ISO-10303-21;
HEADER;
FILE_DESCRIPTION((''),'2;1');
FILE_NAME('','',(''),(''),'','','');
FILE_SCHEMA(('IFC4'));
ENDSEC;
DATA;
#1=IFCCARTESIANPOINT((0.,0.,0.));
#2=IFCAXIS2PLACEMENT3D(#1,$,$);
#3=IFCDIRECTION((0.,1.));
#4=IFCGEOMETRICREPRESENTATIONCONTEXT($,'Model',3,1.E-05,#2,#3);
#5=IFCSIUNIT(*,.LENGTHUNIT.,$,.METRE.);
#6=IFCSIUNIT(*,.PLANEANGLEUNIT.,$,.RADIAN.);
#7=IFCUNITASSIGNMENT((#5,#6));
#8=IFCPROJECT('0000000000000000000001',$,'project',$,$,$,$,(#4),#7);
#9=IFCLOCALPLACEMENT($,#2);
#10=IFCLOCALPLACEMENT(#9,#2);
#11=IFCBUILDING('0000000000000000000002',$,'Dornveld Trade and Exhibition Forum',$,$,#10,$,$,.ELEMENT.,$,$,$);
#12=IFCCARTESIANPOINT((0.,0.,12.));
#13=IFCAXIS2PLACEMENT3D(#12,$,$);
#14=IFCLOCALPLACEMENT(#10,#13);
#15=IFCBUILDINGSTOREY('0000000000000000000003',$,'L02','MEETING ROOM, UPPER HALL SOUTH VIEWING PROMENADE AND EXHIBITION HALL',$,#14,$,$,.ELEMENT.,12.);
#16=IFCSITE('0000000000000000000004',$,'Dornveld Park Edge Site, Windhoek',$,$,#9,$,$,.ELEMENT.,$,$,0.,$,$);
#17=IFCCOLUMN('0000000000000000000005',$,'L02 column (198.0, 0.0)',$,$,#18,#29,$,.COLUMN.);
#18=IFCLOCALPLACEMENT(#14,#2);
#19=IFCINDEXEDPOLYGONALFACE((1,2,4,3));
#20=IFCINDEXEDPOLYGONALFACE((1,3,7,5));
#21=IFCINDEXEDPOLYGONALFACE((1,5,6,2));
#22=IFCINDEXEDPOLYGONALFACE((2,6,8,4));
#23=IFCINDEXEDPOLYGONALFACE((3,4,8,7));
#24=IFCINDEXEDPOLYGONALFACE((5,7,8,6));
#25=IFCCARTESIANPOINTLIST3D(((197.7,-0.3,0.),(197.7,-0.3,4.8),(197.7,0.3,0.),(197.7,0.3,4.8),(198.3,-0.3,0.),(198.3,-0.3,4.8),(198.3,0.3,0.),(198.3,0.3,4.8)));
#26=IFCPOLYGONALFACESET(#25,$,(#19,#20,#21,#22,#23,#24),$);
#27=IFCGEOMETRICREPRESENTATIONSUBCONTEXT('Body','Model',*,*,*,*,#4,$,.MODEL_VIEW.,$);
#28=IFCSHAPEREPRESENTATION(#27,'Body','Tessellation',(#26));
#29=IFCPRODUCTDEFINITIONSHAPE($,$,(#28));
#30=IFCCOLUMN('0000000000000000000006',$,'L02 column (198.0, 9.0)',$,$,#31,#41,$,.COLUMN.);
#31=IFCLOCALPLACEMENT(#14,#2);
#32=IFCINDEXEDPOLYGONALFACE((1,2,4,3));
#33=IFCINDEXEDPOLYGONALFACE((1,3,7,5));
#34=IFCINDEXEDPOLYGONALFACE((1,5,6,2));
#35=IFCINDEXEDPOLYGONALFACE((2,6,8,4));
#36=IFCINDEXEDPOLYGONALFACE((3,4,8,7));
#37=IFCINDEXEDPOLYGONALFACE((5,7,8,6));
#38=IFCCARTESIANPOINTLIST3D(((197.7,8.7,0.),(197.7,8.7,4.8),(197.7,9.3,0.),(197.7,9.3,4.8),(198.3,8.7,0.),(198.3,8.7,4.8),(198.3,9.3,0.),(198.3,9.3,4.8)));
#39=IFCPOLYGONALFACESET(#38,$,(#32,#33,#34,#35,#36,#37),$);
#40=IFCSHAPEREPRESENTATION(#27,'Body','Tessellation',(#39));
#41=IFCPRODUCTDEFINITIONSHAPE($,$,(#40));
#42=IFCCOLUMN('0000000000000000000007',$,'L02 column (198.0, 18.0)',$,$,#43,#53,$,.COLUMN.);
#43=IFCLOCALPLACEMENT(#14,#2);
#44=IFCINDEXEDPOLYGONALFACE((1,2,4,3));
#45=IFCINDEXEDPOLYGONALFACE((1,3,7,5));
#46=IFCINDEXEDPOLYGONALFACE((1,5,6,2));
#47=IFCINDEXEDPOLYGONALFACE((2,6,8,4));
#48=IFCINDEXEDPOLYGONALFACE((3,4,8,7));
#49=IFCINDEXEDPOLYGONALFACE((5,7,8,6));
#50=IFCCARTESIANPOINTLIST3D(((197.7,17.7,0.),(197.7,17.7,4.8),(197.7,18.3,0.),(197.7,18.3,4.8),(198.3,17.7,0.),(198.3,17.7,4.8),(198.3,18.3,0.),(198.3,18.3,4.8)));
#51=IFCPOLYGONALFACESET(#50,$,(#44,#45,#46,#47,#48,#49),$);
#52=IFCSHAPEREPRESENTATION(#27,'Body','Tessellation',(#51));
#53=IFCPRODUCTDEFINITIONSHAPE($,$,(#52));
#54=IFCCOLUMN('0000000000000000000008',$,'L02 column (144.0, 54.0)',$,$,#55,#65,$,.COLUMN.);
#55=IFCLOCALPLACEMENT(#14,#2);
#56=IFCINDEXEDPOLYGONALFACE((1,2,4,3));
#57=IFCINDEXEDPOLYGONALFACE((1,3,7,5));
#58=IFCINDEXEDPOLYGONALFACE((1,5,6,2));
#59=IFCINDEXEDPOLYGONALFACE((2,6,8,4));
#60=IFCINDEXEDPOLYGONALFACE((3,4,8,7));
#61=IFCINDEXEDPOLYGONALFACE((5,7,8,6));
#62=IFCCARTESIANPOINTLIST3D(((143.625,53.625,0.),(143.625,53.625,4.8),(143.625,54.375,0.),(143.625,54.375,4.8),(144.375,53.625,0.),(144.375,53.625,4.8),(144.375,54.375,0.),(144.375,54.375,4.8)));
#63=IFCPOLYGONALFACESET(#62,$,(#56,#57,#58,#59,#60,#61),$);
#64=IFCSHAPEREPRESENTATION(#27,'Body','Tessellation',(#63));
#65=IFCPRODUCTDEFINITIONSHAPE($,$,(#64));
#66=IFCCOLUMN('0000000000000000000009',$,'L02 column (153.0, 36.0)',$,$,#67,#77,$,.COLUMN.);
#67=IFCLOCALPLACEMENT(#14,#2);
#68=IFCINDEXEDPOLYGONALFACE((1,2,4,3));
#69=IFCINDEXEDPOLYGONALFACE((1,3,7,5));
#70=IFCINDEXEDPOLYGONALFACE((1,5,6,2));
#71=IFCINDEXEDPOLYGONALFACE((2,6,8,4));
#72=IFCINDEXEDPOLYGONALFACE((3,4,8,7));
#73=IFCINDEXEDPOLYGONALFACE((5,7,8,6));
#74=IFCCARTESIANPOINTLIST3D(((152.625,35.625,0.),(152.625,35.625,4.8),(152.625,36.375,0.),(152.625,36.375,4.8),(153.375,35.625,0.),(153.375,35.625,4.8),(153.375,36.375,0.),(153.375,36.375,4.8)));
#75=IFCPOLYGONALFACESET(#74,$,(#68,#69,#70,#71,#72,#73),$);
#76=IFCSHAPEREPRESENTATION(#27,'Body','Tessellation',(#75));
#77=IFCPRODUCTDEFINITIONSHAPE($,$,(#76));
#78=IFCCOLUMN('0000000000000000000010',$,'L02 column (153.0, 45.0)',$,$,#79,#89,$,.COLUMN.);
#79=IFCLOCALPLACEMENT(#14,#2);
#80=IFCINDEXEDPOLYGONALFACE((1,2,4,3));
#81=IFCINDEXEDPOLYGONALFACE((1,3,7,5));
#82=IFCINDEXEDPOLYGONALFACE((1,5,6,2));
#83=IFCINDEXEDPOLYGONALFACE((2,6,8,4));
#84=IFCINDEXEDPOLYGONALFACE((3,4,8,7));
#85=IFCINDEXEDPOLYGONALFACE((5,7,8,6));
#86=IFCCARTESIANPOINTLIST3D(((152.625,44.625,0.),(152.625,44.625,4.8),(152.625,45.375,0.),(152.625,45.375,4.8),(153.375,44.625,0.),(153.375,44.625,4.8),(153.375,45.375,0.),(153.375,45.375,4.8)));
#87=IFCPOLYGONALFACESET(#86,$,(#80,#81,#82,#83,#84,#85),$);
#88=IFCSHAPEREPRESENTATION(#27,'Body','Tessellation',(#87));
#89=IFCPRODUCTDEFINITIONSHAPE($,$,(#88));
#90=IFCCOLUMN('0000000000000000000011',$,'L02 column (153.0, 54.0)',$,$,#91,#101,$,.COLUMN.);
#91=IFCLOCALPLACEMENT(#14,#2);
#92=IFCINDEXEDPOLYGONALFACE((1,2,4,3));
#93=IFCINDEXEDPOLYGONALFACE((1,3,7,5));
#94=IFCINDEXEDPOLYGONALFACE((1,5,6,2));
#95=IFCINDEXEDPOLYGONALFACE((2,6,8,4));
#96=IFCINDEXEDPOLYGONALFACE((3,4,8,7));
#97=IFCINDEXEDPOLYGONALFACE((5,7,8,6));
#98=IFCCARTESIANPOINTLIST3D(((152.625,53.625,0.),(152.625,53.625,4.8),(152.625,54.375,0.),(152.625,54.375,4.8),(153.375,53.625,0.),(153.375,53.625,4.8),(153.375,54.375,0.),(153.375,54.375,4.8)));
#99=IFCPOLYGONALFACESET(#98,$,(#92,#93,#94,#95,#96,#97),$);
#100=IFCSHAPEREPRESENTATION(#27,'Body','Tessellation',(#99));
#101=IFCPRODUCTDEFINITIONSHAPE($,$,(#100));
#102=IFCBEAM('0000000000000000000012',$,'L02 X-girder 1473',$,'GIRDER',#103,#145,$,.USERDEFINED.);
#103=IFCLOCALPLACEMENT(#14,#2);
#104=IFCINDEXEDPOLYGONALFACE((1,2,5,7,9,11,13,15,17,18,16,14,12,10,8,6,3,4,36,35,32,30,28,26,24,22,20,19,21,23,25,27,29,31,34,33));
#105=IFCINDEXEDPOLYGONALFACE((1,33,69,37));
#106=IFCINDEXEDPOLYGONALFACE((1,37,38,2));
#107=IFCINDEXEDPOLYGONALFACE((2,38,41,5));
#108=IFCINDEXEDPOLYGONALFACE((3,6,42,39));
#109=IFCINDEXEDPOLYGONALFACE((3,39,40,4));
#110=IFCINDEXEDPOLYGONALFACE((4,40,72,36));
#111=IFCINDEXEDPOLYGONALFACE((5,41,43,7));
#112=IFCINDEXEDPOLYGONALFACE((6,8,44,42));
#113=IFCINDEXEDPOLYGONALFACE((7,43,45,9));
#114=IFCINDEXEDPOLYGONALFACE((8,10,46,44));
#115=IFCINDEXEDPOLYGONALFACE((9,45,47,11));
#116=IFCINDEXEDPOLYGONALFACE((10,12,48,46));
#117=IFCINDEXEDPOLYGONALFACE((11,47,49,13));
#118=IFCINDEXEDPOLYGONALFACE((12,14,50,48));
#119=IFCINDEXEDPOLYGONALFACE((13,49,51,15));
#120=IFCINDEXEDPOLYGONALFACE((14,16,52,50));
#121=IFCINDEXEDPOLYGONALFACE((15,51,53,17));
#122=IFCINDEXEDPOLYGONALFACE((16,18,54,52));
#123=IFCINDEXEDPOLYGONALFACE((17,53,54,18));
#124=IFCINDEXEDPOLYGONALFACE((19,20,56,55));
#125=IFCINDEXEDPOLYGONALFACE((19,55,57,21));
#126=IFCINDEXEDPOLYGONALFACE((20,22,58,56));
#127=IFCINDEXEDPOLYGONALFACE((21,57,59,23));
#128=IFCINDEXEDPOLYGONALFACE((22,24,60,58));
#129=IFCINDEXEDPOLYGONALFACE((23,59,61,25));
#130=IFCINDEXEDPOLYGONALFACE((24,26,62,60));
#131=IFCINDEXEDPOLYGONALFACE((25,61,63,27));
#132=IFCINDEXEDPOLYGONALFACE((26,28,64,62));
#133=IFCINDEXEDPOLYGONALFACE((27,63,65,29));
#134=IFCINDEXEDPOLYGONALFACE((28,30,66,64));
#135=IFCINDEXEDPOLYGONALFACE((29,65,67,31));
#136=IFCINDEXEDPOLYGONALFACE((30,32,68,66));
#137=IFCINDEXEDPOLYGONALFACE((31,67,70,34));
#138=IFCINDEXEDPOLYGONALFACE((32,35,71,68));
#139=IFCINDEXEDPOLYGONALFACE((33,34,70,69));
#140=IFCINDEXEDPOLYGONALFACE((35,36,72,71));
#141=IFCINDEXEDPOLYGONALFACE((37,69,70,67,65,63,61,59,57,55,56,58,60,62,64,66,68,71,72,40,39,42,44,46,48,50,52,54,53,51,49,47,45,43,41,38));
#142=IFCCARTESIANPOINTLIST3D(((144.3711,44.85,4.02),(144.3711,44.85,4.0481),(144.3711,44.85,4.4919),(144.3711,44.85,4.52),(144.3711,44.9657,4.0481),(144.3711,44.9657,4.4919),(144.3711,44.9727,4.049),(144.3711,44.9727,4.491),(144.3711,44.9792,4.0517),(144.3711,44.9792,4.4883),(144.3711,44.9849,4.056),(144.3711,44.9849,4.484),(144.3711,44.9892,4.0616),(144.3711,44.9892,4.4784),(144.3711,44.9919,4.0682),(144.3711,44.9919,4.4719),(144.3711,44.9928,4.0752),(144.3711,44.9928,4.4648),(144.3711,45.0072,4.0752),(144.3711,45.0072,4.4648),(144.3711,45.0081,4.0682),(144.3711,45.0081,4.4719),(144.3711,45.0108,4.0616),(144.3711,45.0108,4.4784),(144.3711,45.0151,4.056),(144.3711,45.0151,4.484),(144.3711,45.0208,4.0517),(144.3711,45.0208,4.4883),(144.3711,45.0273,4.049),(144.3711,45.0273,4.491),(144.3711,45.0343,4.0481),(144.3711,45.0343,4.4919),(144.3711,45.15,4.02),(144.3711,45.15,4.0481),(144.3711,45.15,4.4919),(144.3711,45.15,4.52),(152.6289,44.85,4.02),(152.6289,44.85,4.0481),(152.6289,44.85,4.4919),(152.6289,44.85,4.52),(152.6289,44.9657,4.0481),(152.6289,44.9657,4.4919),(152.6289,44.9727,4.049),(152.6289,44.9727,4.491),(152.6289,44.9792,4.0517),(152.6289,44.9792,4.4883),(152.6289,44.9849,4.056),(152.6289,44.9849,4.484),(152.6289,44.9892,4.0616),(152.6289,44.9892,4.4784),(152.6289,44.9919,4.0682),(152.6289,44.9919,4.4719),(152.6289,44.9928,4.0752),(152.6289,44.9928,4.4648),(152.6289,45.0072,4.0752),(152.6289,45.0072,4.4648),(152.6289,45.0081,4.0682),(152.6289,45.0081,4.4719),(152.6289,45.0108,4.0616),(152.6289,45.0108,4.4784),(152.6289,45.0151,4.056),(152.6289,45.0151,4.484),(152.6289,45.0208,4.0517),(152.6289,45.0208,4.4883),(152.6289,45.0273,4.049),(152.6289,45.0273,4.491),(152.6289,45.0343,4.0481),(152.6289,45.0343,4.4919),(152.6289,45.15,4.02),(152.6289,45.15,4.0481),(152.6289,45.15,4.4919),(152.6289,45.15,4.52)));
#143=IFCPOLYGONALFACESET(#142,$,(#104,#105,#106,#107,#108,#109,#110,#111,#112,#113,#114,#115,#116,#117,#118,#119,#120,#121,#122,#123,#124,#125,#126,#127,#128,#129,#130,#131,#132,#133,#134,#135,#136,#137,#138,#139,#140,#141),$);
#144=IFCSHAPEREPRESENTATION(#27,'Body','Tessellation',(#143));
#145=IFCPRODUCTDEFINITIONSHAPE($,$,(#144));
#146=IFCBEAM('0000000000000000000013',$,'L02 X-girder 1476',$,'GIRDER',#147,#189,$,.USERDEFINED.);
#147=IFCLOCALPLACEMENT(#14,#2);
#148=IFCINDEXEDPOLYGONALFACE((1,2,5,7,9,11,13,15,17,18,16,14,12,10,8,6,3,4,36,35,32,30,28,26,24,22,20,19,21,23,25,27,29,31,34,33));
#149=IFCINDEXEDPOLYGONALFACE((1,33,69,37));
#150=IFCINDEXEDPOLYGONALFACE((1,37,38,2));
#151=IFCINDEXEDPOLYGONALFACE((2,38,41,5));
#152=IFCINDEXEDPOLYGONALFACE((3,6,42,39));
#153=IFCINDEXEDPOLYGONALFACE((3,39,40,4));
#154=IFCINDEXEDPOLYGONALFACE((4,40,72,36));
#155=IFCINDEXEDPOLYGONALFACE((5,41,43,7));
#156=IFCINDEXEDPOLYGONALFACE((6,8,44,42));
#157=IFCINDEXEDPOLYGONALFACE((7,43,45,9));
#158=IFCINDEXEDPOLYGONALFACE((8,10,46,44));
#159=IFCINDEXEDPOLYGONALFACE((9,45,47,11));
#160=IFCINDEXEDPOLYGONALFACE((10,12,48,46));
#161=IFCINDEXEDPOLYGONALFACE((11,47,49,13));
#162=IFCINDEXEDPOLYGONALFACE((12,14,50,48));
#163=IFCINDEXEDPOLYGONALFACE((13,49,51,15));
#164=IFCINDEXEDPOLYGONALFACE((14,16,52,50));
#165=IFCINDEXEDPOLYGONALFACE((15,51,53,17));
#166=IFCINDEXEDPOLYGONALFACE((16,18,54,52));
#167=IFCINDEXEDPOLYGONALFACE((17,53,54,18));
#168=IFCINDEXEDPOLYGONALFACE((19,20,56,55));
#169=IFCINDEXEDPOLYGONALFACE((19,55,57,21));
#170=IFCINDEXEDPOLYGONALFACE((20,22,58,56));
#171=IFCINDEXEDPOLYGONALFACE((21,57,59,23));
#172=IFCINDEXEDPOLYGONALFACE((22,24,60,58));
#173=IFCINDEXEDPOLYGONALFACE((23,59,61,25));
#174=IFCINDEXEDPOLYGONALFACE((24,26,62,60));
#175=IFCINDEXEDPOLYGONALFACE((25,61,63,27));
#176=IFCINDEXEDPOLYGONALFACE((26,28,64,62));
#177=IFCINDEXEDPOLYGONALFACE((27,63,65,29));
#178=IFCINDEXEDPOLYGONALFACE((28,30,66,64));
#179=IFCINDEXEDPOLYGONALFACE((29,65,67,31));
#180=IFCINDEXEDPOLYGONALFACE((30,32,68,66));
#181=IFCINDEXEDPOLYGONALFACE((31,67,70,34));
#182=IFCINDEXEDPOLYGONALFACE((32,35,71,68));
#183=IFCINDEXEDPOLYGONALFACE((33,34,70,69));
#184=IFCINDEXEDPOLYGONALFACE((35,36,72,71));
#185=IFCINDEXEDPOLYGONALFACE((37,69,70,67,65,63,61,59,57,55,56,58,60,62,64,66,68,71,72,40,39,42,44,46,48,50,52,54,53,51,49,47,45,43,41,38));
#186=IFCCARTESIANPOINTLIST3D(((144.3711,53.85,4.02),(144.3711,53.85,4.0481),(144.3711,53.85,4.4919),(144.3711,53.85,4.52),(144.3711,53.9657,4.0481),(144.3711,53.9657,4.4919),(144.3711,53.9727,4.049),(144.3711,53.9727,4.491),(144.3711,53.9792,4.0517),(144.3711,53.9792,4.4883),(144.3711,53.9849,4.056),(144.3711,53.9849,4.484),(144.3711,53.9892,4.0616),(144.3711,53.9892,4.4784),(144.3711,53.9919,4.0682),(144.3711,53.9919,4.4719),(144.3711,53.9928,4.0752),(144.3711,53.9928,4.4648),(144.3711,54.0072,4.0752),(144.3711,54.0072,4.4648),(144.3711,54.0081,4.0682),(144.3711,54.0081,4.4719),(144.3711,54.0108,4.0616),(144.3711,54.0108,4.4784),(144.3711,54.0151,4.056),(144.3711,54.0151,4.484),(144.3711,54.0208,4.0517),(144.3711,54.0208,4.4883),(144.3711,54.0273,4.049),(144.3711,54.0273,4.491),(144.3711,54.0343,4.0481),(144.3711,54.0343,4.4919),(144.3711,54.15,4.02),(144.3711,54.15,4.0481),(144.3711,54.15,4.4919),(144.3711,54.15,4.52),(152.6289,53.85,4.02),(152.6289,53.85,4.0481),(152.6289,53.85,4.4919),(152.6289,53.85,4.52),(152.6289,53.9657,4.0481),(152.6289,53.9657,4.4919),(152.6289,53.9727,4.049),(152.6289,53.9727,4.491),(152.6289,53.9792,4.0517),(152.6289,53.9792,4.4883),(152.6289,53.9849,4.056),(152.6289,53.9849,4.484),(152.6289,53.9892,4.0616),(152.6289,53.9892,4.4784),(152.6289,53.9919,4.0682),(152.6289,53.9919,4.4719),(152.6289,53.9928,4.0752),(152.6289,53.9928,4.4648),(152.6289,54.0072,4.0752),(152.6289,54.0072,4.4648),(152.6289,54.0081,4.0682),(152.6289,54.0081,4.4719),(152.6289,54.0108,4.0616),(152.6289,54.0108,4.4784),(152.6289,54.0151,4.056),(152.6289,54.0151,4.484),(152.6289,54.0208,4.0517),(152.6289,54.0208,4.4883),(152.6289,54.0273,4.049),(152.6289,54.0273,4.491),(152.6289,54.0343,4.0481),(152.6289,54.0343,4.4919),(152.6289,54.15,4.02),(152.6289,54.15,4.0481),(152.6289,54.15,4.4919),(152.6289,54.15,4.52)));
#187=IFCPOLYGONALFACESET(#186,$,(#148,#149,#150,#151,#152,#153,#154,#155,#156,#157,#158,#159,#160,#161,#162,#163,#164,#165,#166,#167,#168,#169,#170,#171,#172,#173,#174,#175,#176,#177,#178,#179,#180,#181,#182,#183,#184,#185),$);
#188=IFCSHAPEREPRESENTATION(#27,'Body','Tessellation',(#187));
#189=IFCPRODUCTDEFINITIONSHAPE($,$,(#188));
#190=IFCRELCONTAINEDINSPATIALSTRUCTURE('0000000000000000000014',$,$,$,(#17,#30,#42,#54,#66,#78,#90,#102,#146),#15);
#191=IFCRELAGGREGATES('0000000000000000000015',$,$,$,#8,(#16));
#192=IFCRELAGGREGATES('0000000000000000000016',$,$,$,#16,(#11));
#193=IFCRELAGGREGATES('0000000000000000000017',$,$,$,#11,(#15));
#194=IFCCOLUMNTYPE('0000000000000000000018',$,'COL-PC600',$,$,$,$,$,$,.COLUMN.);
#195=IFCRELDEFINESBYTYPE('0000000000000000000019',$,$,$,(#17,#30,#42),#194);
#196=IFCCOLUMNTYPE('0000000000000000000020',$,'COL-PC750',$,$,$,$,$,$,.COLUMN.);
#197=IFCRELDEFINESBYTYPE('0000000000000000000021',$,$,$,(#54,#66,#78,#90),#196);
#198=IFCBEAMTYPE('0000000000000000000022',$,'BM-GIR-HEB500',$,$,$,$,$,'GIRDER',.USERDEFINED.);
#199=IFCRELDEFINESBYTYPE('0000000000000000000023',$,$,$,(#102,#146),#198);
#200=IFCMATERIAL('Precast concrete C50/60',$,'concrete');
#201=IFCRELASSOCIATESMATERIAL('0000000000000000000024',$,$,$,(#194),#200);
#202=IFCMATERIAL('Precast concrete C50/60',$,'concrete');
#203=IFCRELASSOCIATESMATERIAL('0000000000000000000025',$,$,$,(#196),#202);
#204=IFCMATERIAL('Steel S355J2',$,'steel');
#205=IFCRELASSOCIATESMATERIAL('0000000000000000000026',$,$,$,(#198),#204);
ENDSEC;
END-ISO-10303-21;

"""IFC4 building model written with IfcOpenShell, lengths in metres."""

from ifc_helpers import new_model, si_unit, direction, frame, origin, origin_2d, place, context, subcontext, project, spatial, rectangle, i_section, extrude, material, material_profile, profile_set, type_object, element, save


model = new_model("IFC4")

# Units and contexts
model_context = context("Model", 3, precision=1e-05, world=origin(), true_north=direction((0.0, 1.0)))
body_context = subcontext(model_context, "Body", "Model", "MODEL_VIEW")
ifc_project = project(units=[si_unit("LENGTHUNIT", "METRE"), si_unit("PLANEANGLEUNIT", "RADIAN")], contexts=[model_context])

# Site, building, storey
site_placement = place(None, origin())
site = spatial("IfcSite", under=ifc_project, at=site_placement, Name="Dornveld Park Edge Site, Windhoek", CompositionType="ELEMENT", RefElevation=0.0)
building_placement = place(site_placement, origin())
building = spatial("IfcBuilding", under=site, at=building_placement, Name="Dornveld Trade and Exhibition Forum", CompositionType="ELEMENT")
storey_placement = place(building_placement, frame((0.0, 0.0, 12.0)))
storey = spatial("IfcBuildingStorey", under=building, at=storey_placement, Name="L02", Description="MEETING ROOM, UPPER HALL SOUTH VIEWING PROMENADE AND EXHIBITION HALL", CompositionType="ELEMENT", Elevation=12.0)

# Columns
ifc_material_1 = material(Name="Precast concrete C50/60", Category="concrete")
ifc_material_profile_1 = material_profile(ifc_material_1, rectangle(XDim=0.6001, YDim=0.6001, at=origin_2d()), Name="PC-COL 600x600")
ifc_profile_set_1 = profile_set([ifc_material_profile_1], Name="Precast concrete C50/60")
column_type_1 = type_object("IfcColumnType", Name="COL-PC600", PredefinedType="COLUMN", material=ifc_profile_set_1)
for number, where, z_axis, x_axis, name in (
    (1, (198.0, 0.0, 0.0), (0.0, 0.0, 1.0), (1.0, 0.0, 0.0), "L02 column (198.0, 0.0)"),
    (2, (198.0, 9.0, 0.0), (0.0, 0.0, 1.0), (1.0, 0.0, 0.0), "L02 column (198.0, 9.0)"),
    (3, (198.0, 18.0, 0.0), (0.0, 0.0, 1.0), (1.0, 0.0, 0.0), "L02 column (198.0, 18.0)"),
):
    element("IfcColumn", number, at=place(storey_placement, frame(where, z_axis=z_axis, x_axis=x_axis)), inside=storey, type_object=column_type_1, Name=name, PredefinedType="COLUMN", context=body_context, shape_type="SweptSolid", body=[
        extrude(rectangle(XDim=0.6001, YDim=0.6001, at=origin_2d()), origin(), (0.0, 0.0, 1.0), 4.8),
    ])
ifc_material_2 = material(Name="Precast concrete C50/60", Category="concrete")
ifc_material_profile_2 = material_profile(ifc_material_2, rectangle(XDim=0.75, YDim=0.75, at=origin_2d()), Name="PC-COL 750x750")
ifc_profile_set_2 = profile_set([ifc_material_profile_2], Name="Precast concrete C50/60")
column_type_2 = type_object("IfcColumnType", Name="COL-PC750", PredefinedType="COLUMN", material=ifc_profile_set_2)
for number, where, z_axis, x_axis, name in (
    (4, (144.0, 54.0, 0.0), (0.0, 0.0, 1.0), (1.0, 0.0, 0.0), "L02 column (144.0, 54.0)"),
    (5, (153.0, 36.0, 0.0), (0.0, 0.0, 1.0), (1.0, 0.0, 0.0), "L02 column (153.0, 36.0)"),
    (6, (153.0, 45.0, 0.0), (0.0, 0.0, 1.0), (1.0, 0.0, 0.0), "L02 column (153.0, 45.0)"),
    (7, (153.0, 54.0, 0.0), (0.0, 0.0, 1.0), (1.0, 0.0, 0.0), "L02 column (153.0, 54.0)"),
):
    element("IfcColumn", number, at=place(storey_placement, frame(where, z_axis=z_axis, x_axis=x_axis)), inside=storey, type_object=column_type_2, Name=name, PredefinedType="COLUMN", context=body_context, shape_type="SweptSolid", body=[
        extrude(rectangle(XDim=0.75, YDim=0.75, at=origin_2d()), origin(), (0.0, 0.0, 1.0), 4.8),
    ])

# Beams
ifc_material_3 = material(Name="Steel S355J2", Category="steel")
ifc_material_profile_3 = material_profile(ifc_material_3, i_section(OverallWidth=0.3, OverallDepth=0.5, WebThickness=0.0144, FlangeThickness=0.0281, FilletRadius=0.0271, at=origin_2d()), Name="HEB 500")
ifc_profile_set_3 = profile_set([ifc_material_profile_3], Name="Steel S355J2")
beam_type_1 = type_object("IfcBeamType", Name="BM-GIR-HEB500", ElementType="GIRDER", PredefinedType="USERDEFINED", material=ifc_profile_set_3)
for number, where, z_axis, x_axis, name in (
    (8, (144.3711, 45.0, 4.27), (1.0, 0.0, 0.0), (0.0, 1.0, 0.0), "L02 X-girder 1473"),
    (9, (144.3711, 54.0, 4.27), (1.0, 0.0, 0.0), (0.0, 1.0, 0.0), "L02 X-girder 1476"),
):
    element("IfcBeam", number, at=place(storey_placement, frame(where, z_axis=z_axis, x_axis=x_axis)), inside=storey, type_object=beam_type_1, Name=name, ObjectType="GIRDER", PredefinedType="USERDEFINED", context=body_context, shape_type="SweptSolid", body=[
        extrude(i_section(OverallWidth=0.3, OverallDepth=0.5, WebThickness=0.0144, FlangeThickness=0.0281, FilletRadius=0.0271, at=origin_2d()), origin(), (0.0, 0.0, 1.0), 8.2578),
    ])

save(model, "model.ifc")
